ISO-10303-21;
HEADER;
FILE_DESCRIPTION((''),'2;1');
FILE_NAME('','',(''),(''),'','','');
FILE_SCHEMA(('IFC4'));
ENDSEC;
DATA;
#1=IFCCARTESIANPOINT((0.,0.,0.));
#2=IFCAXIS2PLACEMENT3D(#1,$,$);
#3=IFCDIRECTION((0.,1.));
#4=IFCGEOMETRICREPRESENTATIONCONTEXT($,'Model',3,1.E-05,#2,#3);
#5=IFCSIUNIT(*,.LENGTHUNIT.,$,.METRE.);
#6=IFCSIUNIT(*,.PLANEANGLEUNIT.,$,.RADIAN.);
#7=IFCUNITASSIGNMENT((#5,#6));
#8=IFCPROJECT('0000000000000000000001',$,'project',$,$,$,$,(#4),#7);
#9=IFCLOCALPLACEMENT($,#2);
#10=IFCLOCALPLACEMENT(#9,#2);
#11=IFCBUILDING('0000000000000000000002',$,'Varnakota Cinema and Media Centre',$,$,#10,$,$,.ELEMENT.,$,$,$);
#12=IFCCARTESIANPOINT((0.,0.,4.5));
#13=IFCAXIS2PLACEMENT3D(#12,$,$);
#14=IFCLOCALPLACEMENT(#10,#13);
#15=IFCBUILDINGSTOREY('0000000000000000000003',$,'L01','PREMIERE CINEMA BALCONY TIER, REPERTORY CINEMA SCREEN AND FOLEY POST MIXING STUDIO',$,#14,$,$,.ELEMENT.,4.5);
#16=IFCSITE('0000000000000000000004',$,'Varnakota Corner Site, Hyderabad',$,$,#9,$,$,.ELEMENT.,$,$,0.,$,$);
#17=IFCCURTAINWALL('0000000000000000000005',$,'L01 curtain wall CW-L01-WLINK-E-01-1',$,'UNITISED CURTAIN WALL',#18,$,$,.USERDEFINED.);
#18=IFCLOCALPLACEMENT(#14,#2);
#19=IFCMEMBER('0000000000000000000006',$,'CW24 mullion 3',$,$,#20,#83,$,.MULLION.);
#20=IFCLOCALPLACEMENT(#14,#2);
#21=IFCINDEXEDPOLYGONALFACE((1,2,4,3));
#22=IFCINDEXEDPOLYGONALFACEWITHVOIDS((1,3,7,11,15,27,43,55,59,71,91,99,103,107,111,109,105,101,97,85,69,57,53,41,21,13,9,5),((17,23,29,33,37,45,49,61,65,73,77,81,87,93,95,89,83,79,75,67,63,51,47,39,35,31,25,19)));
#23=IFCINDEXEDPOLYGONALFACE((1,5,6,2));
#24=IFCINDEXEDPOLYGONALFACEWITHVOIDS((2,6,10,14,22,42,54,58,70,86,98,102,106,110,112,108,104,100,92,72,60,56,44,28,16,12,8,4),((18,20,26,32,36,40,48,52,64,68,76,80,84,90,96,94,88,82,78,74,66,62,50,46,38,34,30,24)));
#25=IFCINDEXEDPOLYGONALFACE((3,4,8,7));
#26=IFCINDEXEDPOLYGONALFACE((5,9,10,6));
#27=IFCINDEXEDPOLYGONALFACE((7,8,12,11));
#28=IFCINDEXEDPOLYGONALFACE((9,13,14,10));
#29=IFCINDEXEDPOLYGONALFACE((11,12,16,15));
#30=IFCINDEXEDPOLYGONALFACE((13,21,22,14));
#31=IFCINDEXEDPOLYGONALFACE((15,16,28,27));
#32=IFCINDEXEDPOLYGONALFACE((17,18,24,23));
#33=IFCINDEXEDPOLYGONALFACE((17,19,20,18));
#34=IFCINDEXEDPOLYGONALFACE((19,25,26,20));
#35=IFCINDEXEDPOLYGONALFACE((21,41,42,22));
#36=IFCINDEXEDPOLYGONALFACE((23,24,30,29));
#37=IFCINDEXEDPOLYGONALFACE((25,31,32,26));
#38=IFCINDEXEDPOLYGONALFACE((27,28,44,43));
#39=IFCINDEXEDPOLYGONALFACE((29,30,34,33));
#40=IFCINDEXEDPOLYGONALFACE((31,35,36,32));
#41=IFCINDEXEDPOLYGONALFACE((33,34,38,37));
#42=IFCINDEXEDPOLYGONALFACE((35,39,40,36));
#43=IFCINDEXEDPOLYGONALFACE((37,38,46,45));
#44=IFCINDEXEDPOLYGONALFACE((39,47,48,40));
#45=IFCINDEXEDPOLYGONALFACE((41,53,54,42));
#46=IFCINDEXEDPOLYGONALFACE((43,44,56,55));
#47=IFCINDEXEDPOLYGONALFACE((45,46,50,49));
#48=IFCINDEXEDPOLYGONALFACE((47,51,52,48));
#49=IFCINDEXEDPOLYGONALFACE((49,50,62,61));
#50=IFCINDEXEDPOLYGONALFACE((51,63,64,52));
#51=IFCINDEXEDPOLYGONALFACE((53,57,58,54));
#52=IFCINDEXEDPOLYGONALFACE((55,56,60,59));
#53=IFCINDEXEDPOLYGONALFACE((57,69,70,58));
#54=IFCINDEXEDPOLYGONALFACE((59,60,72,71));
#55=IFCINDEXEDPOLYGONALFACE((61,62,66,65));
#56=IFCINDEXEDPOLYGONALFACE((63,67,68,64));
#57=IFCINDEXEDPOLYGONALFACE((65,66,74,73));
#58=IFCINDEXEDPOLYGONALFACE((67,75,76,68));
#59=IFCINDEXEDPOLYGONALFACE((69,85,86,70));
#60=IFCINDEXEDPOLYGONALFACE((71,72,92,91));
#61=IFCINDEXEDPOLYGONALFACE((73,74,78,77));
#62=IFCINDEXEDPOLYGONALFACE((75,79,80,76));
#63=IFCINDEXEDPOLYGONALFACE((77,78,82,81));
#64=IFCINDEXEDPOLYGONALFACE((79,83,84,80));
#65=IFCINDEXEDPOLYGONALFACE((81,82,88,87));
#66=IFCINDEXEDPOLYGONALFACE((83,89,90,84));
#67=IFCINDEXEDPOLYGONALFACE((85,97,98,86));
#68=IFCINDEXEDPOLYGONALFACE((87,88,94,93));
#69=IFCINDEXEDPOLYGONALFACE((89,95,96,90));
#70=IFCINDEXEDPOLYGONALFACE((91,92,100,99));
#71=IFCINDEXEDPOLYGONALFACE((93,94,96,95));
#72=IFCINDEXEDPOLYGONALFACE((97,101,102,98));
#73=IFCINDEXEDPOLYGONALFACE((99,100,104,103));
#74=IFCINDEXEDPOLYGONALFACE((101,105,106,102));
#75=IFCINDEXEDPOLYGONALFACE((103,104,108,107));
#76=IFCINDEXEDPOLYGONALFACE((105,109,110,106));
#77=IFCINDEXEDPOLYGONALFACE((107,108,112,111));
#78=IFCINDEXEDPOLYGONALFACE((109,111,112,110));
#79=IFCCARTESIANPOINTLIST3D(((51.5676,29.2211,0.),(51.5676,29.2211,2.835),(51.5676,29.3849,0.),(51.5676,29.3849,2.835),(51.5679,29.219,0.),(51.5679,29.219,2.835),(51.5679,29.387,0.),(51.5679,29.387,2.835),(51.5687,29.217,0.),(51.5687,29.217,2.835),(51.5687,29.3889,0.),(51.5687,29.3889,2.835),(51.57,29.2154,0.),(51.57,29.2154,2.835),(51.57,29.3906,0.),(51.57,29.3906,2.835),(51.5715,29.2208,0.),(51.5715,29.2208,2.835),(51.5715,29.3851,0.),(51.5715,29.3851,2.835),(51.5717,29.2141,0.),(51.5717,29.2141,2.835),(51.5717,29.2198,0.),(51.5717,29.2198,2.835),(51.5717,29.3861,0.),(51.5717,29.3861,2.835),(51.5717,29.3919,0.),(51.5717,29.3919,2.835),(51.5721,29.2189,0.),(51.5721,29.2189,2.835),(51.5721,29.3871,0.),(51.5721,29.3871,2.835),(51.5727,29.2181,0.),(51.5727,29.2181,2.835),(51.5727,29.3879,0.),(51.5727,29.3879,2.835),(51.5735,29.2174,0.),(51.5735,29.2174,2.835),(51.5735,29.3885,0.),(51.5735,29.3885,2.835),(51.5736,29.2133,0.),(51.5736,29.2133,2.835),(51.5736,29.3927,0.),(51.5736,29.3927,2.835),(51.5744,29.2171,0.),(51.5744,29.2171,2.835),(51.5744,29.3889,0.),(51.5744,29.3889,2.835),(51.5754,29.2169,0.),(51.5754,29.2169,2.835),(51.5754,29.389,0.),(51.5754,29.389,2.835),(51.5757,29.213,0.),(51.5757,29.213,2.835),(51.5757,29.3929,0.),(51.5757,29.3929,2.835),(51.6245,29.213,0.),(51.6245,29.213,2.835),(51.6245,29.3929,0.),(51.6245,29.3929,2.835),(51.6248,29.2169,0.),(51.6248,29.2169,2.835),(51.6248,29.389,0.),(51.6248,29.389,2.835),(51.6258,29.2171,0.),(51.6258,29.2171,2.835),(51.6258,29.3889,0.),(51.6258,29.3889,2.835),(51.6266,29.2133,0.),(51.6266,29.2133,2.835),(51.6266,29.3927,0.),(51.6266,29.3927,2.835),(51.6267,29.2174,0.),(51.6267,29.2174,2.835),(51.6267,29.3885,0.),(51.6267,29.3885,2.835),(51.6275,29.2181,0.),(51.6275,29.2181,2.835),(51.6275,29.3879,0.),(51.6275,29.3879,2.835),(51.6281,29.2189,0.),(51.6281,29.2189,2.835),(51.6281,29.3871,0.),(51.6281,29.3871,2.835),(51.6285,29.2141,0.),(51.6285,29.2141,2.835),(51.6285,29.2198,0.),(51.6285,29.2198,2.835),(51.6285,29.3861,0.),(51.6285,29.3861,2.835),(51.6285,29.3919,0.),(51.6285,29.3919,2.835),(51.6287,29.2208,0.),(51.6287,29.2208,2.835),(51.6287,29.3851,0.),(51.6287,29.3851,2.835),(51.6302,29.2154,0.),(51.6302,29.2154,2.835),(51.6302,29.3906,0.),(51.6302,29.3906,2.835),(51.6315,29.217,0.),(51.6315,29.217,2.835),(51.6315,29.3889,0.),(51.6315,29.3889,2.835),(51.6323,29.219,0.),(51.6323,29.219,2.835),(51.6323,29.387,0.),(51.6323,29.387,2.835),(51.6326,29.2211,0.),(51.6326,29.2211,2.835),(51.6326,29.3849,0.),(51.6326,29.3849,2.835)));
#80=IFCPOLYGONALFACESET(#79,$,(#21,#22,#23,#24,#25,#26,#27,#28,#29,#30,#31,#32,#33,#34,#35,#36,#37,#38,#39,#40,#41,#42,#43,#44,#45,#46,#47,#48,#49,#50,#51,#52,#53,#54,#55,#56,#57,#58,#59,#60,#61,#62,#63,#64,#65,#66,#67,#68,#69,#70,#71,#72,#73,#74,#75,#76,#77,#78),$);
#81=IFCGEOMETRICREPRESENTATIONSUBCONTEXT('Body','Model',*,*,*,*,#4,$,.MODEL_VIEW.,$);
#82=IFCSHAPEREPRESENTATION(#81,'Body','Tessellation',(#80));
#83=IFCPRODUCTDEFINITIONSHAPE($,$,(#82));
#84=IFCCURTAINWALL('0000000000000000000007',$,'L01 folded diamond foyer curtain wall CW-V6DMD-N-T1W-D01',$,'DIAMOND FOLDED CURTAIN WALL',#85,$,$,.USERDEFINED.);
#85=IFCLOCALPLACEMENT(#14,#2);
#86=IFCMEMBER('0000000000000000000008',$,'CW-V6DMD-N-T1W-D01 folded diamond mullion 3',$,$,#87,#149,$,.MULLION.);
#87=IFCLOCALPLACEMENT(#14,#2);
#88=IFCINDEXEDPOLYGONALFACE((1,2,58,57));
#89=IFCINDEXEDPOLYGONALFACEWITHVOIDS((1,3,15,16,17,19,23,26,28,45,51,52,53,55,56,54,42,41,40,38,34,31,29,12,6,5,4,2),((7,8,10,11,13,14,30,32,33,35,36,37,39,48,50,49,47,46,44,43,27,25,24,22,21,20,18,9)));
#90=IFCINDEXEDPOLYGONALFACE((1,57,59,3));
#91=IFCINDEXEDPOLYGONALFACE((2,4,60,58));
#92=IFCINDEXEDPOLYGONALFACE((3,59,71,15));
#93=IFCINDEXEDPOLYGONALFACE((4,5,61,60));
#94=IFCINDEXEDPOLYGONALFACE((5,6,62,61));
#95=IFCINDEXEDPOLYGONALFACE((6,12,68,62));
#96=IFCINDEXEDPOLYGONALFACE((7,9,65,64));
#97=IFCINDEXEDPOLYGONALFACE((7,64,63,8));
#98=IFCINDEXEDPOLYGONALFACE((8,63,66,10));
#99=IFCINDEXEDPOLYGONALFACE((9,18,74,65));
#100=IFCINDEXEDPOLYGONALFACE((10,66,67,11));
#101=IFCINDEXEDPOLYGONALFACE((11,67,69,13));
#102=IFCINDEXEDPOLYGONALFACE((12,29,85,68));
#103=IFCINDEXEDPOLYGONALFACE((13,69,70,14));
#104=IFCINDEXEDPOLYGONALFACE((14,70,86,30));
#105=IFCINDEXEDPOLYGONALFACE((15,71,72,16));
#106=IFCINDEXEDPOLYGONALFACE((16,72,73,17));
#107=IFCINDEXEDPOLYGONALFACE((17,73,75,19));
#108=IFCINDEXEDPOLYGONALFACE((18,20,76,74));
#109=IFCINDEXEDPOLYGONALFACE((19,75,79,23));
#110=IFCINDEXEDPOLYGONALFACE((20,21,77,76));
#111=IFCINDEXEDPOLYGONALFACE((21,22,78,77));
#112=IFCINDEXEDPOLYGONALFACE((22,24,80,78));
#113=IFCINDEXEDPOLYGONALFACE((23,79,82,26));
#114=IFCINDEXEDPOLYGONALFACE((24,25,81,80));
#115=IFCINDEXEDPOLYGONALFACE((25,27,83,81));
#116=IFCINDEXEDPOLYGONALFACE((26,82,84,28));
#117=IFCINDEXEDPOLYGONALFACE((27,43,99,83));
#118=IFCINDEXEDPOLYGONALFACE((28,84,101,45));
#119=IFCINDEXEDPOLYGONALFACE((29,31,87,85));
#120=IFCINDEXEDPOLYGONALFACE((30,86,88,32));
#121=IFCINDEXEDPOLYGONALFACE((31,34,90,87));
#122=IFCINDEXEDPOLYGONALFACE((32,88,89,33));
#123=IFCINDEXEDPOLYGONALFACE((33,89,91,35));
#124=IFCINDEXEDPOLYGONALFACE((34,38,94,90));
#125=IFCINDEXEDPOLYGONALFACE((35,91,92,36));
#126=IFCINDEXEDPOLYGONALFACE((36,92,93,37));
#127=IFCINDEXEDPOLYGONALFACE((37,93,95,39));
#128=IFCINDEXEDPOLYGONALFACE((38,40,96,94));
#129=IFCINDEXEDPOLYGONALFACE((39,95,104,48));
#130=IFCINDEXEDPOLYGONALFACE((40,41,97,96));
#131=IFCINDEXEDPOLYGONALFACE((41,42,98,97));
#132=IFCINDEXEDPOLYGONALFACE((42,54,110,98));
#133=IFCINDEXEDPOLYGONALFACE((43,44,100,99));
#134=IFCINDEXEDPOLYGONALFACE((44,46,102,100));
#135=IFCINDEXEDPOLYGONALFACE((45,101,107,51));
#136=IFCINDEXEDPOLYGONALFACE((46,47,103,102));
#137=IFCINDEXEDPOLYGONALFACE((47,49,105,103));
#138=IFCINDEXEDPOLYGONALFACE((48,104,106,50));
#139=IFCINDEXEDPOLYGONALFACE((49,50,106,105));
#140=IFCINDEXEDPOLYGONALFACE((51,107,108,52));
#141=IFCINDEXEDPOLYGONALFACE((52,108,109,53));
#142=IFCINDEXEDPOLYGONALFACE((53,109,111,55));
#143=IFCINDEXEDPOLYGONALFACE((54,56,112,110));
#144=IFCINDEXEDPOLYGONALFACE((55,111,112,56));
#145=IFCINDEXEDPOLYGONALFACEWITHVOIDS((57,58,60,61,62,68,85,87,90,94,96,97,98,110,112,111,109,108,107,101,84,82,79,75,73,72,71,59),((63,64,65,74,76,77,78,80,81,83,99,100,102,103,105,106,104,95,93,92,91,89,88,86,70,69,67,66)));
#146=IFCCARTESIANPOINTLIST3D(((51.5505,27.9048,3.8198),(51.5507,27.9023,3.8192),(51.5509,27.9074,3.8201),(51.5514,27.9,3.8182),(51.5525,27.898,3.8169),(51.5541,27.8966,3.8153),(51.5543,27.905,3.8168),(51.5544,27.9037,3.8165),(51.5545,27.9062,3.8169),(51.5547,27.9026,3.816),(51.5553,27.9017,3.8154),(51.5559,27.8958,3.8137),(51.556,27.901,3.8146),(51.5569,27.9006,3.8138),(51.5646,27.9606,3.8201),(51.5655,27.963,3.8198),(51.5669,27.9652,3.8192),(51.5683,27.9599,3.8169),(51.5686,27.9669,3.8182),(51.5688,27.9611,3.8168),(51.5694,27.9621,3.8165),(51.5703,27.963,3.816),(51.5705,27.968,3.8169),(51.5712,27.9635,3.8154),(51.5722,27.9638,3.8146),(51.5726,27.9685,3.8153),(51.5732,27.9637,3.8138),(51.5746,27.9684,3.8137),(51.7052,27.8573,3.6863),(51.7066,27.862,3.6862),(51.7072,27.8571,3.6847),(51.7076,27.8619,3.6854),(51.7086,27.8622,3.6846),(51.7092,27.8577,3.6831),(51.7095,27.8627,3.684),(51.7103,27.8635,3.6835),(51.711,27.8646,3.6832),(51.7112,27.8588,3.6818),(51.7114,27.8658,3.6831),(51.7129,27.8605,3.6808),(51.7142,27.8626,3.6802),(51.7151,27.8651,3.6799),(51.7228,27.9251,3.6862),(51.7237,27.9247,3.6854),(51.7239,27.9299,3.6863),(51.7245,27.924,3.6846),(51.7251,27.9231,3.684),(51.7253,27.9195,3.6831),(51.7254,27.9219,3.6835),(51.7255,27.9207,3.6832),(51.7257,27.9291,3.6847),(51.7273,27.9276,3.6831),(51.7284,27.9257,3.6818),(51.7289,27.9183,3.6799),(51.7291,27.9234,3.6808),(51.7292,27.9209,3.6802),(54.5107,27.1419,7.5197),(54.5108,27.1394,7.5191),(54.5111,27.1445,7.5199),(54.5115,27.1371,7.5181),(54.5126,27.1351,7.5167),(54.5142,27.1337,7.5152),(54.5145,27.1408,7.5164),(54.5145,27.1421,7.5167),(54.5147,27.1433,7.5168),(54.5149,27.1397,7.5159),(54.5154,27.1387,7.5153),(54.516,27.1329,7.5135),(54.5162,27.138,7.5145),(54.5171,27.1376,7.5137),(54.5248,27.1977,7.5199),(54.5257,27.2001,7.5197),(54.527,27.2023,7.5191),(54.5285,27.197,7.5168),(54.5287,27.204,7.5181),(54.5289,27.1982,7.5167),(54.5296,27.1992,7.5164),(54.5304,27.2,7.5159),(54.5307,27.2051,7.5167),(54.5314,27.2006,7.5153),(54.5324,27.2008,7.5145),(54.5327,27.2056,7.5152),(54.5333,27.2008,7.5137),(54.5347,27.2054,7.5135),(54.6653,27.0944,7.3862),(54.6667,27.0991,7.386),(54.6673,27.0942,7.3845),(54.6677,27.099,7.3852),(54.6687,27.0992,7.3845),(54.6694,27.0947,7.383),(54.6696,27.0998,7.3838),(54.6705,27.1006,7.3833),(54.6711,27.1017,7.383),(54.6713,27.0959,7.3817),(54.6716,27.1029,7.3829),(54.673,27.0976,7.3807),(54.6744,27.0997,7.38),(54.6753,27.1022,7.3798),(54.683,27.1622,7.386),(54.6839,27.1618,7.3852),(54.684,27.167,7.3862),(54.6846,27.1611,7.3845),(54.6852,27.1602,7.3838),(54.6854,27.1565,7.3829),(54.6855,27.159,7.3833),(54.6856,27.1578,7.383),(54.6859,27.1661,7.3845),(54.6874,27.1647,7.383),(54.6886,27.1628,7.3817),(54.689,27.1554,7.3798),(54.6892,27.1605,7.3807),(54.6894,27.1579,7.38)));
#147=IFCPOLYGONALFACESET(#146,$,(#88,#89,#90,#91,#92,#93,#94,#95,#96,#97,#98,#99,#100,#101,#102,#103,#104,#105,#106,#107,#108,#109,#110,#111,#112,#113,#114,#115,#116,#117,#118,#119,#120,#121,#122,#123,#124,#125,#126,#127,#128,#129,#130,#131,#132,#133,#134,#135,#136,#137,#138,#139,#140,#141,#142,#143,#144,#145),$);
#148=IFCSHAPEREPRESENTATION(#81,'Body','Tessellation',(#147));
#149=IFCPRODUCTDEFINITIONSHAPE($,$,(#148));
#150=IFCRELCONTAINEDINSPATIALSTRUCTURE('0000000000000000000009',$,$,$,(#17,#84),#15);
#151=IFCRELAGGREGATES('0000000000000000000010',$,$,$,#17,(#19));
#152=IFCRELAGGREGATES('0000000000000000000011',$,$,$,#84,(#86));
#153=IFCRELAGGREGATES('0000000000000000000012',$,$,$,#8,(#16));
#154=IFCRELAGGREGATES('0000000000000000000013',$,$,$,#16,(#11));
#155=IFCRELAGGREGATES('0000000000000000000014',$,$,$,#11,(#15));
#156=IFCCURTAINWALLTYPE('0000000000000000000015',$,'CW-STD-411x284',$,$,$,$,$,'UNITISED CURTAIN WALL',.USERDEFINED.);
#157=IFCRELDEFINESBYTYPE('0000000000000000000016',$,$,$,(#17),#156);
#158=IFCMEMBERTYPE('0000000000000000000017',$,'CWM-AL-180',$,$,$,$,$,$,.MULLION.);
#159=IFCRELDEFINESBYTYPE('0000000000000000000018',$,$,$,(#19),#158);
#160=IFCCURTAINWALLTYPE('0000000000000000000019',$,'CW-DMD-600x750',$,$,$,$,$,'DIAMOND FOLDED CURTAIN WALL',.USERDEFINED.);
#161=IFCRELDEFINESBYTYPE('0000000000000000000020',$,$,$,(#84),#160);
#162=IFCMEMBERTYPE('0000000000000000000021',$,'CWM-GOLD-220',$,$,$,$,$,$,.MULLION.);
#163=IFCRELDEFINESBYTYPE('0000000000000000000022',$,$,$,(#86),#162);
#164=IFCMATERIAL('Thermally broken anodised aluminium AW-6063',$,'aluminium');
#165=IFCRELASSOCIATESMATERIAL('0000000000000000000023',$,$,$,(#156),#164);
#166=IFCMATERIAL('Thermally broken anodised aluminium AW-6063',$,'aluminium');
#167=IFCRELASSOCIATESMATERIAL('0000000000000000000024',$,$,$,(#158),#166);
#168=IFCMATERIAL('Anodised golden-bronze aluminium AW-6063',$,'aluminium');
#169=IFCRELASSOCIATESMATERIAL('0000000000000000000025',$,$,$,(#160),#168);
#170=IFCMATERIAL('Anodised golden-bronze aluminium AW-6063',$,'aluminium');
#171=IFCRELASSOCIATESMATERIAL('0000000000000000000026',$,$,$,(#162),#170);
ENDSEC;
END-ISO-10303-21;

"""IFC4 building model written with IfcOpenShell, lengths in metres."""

from ifc_helpers import new_model, si_unit, direction, frame, origin, origin_2d, place, context, subcontext, project, spatial, hollow_rectangle, extrude, material, material_profile, profile_set, type_object, element, aggregate, save


model = new_model("IFC4")

# Units and contexts
model_context = context("Model", 3, precision=1e-05, world=origin(), true_north=direction((0.0, 1.0)))
body_context = subcontext(model_context, "Body", "Model", "MODEL_VIEW")
ifc_project = project(units=[si_unit("LENGTHUNIT", "METRE"), si_unit("PLANEANGLEUNIT", "RADIAN")], contexts=[model_context])

# Site, building, storey
site_placement = place(None, origin())
site = spatial("IfcSite", under=ifc_project, at=site_placement, Name="Varnakota Corner Site, Hyderabad", CompositionType="ELEMENT", RefElevation=0.0)
building_placement = place(site_placement, origin())
building = spatial("IfcBuilding", under=site, at=building_placement, Name="Varnakota Cinema and Media Centre", CompositionType="ELEMENT")
storey_placement = place(building_placement, frame((0.0, 0.0, 4.5)))
storey = spatial("IfcBuildingStorey", under=building, at=storey_placement, Name="L01", Description="PREMIERE CINEMA BALCONY TIER, REPERTORY CINEMA SCREEN AND FOLEY POST MIXING STUDIO", CompositionType="ELEMENT", Elevation=4.5)

# Curtain wall, member
ifc_material_1 = material(Name="Thermally broken anodised aluminium AW-6063", Category="aluminium")
curtain_wall_type_1 = type_object("IfcCurtainWallType", Name="CW-STD-411x284", ElementType="UNITISED CURTAIN WALL", PredefinedType="USERDEFINED", material=ifc_material_1)
curtain_wall_1_placement = place(storey_placement, origin())
curtain_wall_1 = element("IfcCurtainWall", 1, at=curtain_wall_1_placement, inside=storey, type_object=curtain_wall_type_1, Name="L01 curtain wall CW-L01-WLINK-E-01-1", ObjectType="UNITISED CURTAIN WALL", PredefinedType="USERDEFINED")
ifc_material_2 = material(Name="Thermally broken anodised aluminium AW-6063", Category="aluminium")
ifc_material_profile_1 = material_profile(ifc_material_2, hollow_rectangle(XDim=0.0649, YDim=0.1799, WallThickness=0.0039, InnerFilletRadius=0.0039, OuterFilletRadius=0.0081, at=origin_2d()), Name="AL-MULLION 180x65x4")
ifc_profile_set_1 = profile_set([ifc_material_profile_1], Name="Thermally broken anodised aluminium AW-6063")
member_type_1 = type_object("IfcMemberType", Name="CWM-AL-180", PredefinedType="MULLION", material=ifc_profile_set_1)
member_1_placement = place(storey_placement, frame((51.6001, 29.303, 0.0), z_axis=(0.0, 0.0, 1.0), x_axis=(-1.0, 0.0, 0.0)))
member_1 = element("IfcMember", 2, at=member_1_placement, type_object=member_type_1, Name="CW24 mullion 3", PredefinedType="MULLION", context=body_context, shape_type="SweptSolid", body=[
    extrude(hollow_rectangle(XDim=0.0649, YDim=0.1799, WallThickness=0.0039, InnerFilletRadius=0.0039, OuterFilletRadius=0.0081, at=origin_2d()), origin(), (0.0, 0.0, 1.0), 2.835),
])

# Curtain wall, member
ifc_material_3 = material(Name="Anodised golden-bronze aluminium AW-6063", Category="aluminium")
curtain_wall_type_2 = type_object("IfcCurtainWallType", Name="CW-DMD-600x750", ElementType="DIAMOND FOLDED CURTAIN WALL", PredefinedType="USERDEFINED", material=ifc_material_3)
curtain_wall_2_placement = place(storey_placement, origin())
curtain_wall_2 = element("IfcCurtainWall", 3, at=curtain_wall_2_placement, inside=storey, type_object=curtain_wall_type_2, Name="L01 folded diamond foyer curtain wall CW-V6DMD-N-T1W-D01", ObjectType="DIAMOND FOLDED CURTAIN WALL", PredefinedType="USERDEFINED")
ifc_material_4 = material(Name="Anodised golden-bronze aluminium AW-6063", Category="aluminium")
ifc_material_profile_2 = material_profile(ifc_material_4, hollow_rectangle(XDim=0.075, YDim=0.22, WallThickness=0.0049, InnerFilletRadius=0.0049, OuterFilletRadius=0.01, at=origin_2d()), Name="AL-MULLION 220x75x5")
ifc_profile_set_2 = profile_set([ifc_material_profile_2], Name="Anodised golden-bronze aluminium AW-6063")
member_type_2 = type_object("IfcMemberType", Name="CWM-GOLD-220", PredefinedType="MULLION", material=ifc_profile_set_2)
member_2_placement = place(storey_placement, frame((51.6399, 27.9128, 3.75), z_axis=(0.616783, -0.158965, 0.770915), x_axis=(0.249576, 0.968355, 0.0)))
member_2 = element("IfcMember", 4, at=member_2_placement, type_object=member_type_2, Name="CW-V6DMD-N-T1W-D01 folded diamond mullion 3", PredefinedType="MULLION", context=body_context, shape_type="SweptSolid", body=[
    extrude(hollow_rectangle(XDim=0.075, YDim=0.22, WallThickness=0.0049, InnerFilletRadius=0.0049, OuterFilletRadius=0.01, at=origin_2d()), origin(), (0.0, 0.0, 1.0), 4.7993),
])

aggregate(curtain_wall_1, [member_1])
aggregate(curtain_wall_2, [member_2])

save(model, "model.ifc")
